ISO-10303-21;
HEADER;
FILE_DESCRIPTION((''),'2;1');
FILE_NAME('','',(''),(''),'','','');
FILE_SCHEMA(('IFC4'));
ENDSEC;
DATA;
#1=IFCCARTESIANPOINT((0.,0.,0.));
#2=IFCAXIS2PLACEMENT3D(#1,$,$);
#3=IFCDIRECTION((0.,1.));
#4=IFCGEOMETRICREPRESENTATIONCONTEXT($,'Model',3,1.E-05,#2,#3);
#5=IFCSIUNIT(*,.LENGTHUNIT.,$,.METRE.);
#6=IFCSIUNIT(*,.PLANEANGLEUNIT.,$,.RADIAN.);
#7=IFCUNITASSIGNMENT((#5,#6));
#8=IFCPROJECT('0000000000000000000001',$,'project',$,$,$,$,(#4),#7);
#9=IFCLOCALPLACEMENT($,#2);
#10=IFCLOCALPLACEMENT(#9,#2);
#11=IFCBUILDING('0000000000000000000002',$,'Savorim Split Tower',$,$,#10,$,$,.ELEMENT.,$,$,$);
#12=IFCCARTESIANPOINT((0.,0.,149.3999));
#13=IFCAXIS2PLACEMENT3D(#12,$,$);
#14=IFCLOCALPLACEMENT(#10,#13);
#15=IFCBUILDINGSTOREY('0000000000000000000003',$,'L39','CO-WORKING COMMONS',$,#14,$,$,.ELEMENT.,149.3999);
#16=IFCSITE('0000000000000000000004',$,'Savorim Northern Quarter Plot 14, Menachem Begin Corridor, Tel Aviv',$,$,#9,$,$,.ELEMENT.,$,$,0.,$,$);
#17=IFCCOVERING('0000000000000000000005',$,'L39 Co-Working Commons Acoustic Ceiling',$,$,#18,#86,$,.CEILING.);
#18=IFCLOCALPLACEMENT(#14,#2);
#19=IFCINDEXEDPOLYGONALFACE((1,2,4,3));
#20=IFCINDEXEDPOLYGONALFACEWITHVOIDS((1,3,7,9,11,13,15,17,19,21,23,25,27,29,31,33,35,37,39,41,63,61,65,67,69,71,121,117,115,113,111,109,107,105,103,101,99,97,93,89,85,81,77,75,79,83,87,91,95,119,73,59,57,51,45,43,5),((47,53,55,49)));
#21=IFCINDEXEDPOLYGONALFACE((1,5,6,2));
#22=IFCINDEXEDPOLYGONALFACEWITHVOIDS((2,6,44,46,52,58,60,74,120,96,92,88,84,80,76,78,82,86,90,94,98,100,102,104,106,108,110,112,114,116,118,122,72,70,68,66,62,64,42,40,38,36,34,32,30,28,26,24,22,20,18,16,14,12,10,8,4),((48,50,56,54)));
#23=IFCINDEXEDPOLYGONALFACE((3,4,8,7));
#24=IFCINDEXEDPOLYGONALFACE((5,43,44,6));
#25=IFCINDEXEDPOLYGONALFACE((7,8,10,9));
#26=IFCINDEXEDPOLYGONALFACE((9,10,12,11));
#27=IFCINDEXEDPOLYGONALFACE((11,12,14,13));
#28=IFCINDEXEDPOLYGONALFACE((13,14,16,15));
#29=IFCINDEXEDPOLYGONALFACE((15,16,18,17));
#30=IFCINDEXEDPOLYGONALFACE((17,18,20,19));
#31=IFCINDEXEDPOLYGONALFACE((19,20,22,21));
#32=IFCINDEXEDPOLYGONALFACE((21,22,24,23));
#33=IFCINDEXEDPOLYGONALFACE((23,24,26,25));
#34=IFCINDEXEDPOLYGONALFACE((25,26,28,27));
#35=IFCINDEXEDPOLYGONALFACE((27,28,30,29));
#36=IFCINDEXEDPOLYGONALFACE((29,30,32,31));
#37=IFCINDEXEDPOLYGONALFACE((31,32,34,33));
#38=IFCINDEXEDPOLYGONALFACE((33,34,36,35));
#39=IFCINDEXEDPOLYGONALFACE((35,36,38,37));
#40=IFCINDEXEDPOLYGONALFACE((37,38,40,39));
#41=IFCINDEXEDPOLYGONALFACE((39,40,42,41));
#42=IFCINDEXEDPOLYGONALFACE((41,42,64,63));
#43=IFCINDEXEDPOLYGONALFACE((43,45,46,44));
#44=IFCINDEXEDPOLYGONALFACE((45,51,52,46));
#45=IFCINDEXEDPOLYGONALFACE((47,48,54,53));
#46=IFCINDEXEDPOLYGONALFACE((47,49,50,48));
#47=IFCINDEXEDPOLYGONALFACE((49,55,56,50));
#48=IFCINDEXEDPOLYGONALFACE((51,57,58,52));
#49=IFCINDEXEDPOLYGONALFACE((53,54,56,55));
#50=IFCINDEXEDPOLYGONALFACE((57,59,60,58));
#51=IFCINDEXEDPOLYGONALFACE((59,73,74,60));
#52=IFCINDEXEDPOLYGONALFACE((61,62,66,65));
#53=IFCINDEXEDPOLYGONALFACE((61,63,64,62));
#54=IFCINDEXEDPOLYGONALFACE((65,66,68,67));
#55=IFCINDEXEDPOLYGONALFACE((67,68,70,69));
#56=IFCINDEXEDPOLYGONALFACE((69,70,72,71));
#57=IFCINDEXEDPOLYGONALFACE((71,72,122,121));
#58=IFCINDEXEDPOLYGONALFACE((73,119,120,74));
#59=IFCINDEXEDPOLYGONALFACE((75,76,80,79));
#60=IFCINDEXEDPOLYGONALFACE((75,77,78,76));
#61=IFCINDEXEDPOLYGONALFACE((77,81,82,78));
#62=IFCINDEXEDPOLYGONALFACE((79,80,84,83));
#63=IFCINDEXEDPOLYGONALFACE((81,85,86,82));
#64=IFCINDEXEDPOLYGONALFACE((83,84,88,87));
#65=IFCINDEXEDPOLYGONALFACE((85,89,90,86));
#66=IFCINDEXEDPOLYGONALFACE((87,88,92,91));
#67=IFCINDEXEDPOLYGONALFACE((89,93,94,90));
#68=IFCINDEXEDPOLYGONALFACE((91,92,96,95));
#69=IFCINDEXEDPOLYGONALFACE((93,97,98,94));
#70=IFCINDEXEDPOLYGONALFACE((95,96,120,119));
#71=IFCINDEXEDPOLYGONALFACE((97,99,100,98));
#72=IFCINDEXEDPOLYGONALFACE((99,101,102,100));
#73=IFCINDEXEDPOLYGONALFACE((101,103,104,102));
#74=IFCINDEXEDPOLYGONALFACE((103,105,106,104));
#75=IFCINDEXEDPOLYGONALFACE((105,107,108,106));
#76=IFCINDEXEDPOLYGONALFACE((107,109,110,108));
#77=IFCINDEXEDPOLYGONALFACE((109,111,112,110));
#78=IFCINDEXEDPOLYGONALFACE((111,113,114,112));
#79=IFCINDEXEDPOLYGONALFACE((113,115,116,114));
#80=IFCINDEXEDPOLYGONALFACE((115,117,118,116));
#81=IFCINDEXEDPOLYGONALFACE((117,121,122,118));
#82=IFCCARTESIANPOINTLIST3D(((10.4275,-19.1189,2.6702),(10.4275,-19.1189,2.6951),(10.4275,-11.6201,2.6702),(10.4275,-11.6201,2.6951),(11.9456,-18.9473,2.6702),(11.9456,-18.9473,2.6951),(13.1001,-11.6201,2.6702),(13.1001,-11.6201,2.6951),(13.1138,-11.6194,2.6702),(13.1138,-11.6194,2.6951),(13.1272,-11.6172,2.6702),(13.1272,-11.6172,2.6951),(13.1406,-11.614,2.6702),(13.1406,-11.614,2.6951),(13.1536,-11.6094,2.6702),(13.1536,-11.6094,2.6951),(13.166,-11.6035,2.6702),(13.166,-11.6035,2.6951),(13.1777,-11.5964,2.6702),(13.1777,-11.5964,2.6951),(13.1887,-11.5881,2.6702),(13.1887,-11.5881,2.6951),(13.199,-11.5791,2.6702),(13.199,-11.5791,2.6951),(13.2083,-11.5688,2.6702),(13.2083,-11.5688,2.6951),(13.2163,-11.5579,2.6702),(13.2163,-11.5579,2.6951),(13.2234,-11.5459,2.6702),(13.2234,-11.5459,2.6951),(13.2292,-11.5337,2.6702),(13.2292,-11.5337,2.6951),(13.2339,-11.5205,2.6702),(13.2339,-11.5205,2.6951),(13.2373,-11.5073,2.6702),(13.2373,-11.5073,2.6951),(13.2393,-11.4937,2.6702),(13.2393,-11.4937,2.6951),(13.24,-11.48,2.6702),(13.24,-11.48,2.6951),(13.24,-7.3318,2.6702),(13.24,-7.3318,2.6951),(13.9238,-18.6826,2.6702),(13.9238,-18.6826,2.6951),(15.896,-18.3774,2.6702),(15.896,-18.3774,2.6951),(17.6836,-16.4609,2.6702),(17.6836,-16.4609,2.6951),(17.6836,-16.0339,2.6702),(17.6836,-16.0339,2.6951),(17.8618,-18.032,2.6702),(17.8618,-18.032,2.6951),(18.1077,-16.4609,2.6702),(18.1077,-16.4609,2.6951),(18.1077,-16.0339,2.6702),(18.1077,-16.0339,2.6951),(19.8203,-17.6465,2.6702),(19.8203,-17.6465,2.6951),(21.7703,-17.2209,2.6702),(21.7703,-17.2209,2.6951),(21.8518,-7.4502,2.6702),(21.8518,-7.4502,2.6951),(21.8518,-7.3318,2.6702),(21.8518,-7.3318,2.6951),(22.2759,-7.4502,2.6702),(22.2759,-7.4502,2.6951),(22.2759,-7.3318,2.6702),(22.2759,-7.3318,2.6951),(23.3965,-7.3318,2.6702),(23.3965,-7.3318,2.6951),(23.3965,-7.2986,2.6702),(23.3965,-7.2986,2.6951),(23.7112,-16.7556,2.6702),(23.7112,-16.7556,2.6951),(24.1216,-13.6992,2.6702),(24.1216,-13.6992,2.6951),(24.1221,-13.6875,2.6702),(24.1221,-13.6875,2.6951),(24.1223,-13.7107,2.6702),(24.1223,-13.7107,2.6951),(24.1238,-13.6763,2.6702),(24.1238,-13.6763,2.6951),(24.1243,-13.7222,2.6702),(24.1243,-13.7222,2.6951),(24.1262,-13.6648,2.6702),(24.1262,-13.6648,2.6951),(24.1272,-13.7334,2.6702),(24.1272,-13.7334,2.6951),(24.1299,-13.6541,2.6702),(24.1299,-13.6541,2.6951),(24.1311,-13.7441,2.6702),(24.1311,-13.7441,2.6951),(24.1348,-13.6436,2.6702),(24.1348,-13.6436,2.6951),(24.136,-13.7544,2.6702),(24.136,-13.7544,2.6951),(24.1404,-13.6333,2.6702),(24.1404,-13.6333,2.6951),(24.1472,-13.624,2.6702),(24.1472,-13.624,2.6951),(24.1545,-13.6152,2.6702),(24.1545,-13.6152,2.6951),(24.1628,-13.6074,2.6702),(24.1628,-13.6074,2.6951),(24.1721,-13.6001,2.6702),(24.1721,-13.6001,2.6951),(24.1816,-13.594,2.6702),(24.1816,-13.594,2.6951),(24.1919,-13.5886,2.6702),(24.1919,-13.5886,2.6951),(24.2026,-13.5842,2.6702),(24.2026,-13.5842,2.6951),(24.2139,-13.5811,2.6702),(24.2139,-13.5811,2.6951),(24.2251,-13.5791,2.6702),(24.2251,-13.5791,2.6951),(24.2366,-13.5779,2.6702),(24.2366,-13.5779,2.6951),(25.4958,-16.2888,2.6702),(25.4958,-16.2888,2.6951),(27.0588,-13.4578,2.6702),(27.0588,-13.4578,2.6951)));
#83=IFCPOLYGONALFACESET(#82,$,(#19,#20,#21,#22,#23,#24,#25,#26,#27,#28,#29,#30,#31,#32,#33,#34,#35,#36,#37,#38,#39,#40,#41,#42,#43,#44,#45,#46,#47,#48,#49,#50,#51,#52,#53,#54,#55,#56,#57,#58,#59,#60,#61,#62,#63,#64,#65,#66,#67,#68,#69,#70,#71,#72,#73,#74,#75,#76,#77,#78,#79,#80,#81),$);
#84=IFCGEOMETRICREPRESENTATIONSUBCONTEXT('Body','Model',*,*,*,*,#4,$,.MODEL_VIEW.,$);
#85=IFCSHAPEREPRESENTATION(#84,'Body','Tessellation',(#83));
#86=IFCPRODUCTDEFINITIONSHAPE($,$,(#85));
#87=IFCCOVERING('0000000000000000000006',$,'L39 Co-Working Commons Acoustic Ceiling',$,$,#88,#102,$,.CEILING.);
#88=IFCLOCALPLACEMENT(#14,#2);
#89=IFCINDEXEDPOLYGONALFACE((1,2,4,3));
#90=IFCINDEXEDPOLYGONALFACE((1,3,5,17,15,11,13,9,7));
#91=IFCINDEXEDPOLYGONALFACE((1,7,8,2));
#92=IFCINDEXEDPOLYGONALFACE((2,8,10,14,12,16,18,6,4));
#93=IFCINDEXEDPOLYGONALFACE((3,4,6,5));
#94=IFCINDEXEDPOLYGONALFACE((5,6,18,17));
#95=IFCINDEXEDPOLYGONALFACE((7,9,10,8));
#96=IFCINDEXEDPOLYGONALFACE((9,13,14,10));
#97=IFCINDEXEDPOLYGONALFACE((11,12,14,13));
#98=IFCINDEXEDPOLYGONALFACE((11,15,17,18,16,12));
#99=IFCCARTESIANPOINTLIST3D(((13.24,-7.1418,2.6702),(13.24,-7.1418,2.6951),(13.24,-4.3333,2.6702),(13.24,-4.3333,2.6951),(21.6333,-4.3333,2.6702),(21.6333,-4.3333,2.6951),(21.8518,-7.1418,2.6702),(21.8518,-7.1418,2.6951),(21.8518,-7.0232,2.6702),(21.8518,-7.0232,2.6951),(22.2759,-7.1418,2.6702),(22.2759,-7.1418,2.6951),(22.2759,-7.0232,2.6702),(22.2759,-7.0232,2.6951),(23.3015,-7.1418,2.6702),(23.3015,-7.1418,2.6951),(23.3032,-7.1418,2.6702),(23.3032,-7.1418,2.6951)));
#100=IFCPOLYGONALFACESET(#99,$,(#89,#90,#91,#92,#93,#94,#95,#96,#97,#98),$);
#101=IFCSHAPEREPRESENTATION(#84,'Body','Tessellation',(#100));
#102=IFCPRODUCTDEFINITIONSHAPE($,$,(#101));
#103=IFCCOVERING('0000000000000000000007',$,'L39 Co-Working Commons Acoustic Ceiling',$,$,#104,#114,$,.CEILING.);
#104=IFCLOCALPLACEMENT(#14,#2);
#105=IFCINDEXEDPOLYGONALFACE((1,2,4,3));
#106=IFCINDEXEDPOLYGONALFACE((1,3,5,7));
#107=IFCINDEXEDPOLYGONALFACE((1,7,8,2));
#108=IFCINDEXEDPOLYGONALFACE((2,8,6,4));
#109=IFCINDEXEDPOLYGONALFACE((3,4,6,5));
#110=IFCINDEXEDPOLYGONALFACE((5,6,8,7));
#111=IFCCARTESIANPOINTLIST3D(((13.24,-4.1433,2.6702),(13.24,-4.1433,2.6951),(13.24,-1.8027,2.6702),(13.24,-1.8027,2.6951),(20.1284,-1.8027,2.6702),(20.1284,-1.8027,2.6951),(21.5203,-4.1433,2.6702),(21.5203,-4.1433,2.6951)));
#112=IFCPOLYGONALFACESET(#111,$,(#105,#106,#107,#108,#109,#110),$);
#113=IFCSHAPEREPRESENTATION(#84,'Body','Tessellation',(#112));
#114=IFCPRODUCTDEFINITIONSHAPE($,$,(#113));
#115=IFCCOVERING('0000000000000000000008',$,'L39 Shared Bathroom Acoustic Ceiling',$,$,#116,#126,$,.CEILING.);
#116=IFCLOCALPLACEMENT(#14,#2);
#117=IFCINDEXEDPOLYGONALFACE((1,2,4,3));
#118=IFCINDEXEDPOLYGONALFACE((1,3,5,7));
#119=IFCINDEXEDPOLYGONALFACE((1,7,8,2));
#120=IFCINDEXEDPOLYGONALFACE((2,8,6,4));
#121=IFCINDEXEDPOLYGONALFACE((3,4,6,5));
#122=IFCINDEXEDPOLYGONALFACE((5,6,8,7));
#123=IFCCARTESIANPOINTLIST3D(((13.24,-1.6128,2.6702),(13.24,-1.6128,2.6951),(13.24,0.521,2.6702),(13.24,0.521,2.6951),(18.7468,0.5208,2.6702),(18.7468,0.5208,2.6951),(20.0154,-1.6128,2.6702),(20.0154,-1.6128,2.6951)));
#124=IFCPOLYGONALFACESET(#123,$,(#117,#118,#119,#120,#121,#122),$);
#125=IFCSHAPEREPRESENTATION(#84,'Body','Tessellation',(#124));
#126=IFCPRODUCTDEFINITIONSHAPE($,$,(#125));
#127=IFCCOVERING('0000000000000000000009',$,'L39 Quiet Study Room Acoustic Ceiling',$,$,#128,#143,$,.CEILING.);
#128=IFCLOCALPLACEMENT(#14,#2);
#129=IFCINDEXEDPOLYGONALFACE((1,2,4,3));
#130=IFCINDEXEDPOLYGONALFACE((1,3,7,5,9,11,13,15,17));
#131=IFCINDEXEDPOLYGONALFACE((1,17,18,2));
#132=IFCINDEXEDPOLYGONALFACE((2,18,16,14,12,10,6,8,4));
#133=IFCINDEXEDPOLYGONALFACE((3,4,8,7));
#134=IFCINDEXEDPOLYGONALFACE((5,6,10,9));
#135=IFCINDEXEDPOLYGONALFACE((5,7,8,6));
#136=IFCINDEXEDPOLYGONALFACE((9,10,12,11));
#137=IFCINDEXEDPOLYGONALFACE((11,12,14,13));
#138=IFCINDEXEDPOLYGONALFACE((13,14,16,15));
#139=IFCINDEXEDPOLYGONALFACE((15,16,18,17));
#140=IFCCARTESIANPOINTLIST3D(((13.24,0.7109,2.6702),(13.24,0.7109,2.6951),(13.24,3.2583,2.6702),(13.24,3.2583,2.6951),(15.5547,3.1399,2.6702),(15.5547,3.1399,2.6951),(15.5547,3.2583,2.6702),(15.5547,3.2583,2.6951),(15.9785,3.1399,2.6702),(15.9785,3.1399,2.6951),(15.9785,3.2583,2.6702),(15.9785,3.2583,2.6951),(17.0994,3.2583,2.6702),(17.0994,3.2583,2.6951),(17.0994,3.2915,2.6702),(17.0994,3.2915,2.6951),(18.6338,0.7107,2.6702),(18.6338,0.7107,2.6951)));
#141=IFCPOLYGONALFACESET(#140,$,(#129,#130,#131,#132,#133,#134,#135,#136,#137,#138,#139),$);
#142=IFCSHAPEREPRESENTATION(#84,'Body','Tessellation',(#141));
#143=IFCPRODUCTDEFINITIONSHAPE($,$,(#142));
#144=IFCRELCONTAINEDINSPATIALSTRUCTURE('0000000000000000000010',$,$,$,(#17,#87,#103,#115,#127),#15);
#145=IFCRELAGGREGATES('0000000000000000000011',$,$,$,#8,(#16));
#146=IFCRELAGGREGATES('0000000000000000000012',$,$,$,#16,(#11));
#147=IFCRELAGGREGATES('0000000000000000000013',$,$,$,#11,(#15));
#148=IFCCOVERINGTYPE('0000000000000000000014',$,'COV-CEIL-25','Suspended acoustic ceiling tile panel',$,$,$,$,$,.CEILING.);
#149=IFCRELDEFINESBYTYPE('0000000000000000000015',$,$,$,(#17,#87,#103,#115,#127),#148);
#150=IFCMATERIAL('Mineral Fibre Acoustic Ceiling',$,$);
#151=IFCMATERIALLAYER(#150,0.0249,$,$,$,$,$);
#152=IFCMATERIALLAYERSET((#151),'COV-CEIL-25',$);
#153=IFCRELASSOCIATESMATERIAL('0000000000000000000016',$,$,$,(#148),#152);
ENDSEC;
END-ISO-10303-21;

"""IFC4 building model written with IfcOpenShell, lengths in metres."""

from ifc_helpers import new_model, si_unit, direction, frame, origin, place, context, subcontext, project, spatial, polyline, outline, extrude, material, layer, layer_set, type_object, element, save


model = new_model("IFC4")

# Units and contexts
model_context = context("Model", 3, precision=1e-05, world=origin(), true_north=direction((0.0, 1.0)))
body_context = subcontext(model_context, "Body", "Model", "MODEL_VIEW")
ifc_project = project(units=[si_unit("LENGTHUNIT", "METRE"), si_unit("PLANEANGLEUNIT", "RADIAN")], contexts=[model_context])

# Site, building, storey
site_placement = place(None, origin())
site = spatial("IfcSite", under=ifc_project, at=site_placement, Name="Savorim Northern Quarter Plot 14, Menachem Begin Corridor, Tel Aviv", CompositionType="ELEMENT", RefElevation=0.0)
building_placement = place(site_placement, origin())
building = spatial("IfcBuilding", under=site, at=building_placement, Name="Savorim Split Tower", CompositionType="ELEMENT")
storey_placement = place(building_placement, frame((0.0, 0.0, 149.3999)))
storey = spatial("IfcBuildingStorey", under=building, at=storey_placement, Name="L39", Description="CO-WORKING COMMONS", CompositionType="ELEMENT", Elevation=149.3999)

# Coverings
ifc_material_1 = material(Name="Mineral Fibre Acoustic Ceiling")
ifc_layer_1 = layer(ifc_material_1, 0.0249)
ifc_layer_set_1 = layer_set([ifc_layer_1], Name="COV-CEIL-25")
covering_type_1 = type_object("IfcCoveringType", Name="COV-CEIL-25", Description="Suspended acoustic ceiling tile panel", PredefinedType="CEILING", material=ifc_layer_set_1)
covering_1_placement = place(storey_placement, frame((0.0, 0.0, 2.6702)))
element("IfcCovering", 1, at=covering_1_placement, inside=storey, type_object=covering_type_1, Name="L39 Co-Working Commons Acoustic Ceiling", PredefinedType="CEILING", context=body_context, shape_type="SweptSolid", body=[
    extrude(outline(polyline([(24.2139, -13.5811), (24.2251, -13.5791), (24.2366, -13.5779), (27.0588, -13.4578), (23.3965, -7.2986), (23.3965, -7.3318), (22.2759, -7.3318), (22.2759, -7.4502), (21.8518, -7.4502), (21.8518, -7.3318), (13.24, -7.3318), (13.24, -11.48), (13.2393, -11.4937), (13.2373, -11.5073), (13.2339, -11.5205), (13.2292, -11.5337), (13.2234, -11.5459), (13.2163, -11.5579), (13.2083, -11.5688), (13.199, -11.5791), (13.1887, -11.5881), (13.1777, -11.5964), (13.166, -11.6035), (13.1536, -11.6094), (13.1406, -11.614), (13.1272, -11.6172), (13.1138, -11.6194), (13.1001, -11.6201), (10.4275, -11.6201), (10.4275, -19.1189), (11.9456, -18.9473), (13.9238, -18.6826), (15.896, -18.3774), (17.8618, -18.032), (19.8203, -17.6465), (21.7703, -17.2209), (23.7112, -16.7556), (25.4958, -16.2888), (24.136, -13.7544), (24.1311, -13.7441), (24.1272, -13.7334), (24.1243, -13.7222), (24.1223, -13.7107), (24.1216, -13.6992), (24.1221, -13.6875), (24.1238, -13.6763), (24.1262, -13.6648), (24.1299, -13.6541), (24.1348, -13.6436), (24.1404, -13.6333), (24.1472, -13.624), (24.1545, -13.6152), (24.1628, -13.6074), (24.1721, -13.6001), (24.1816, -13.594), (24.1919, -13.5886), (24.2026, -13.5842), (24.2139, -13.5811)]), holes=[polyline([(18.1077, -16.4609), (18.1077, -16.0339), (17.6836, -16.0339), (17.6836, -16.4609), (18.1077, -16.4609)])]), origin(), (0.0, 0.0, 1.0), 0.0249),
])
covering_2_placement = place(storey_placement, frame((0.0, 0.0, 2.6702)))
element("IfcCovering", 2, at=covering_2_placement, inside=storey, type_object=covering_type_1, Name="L39 Co-Working Commons Acoustic Ceiling", PredefinedType="CEILING", context=body_context, shape_type="SweptSolid", body=[
    extrude(outline(polyline([(22.2759, -7.0232), (22.2759, -7.1418), (23.3015, -7.1418), (23.3032, -7.1418), (21.6333, -4.3333), (13.24, -4.3333), (13.24, -7.1418), (21.8518, -7.1418), (21.8518, -7.0232), (22.2759, -7.0232)])), origin(), (0.0, 0.0, 1.0), 0.0249),
])
covering_3_placement = place(storey_placement, frame((0.0, 0.0, 2.6702)))
element("IfcCovering", 3, at=covering_3_placement, inside=storey, type_object=covering_type_1, Name="L39 Co-Working Commons Acoustic Ceiling", PredefinedType="CEILING", context=body_context, shape_type="SweptSolid", body=[
    extrude(outline(polyline([(21.5203, -4.1433), (20.1284, -1.8027), (13.24, -1.8027), (13.24, -4.1433), (21.5203, -4.1433)])), origin(), (0.0, 0.0, 1.0), 0.0249),
])
covering_4_placement = place(storey_placement, frame((0.0, 0.0, 2.6702)))
element("IfcCovering", 4, at=covering_4_placement, inside=storey, type_object=covering_type_1, Name="L39 Shared Bathroom Acoustic Ceiling", PredefinedType="CEILING", context=body_context, shape_type="SweptSolid", body=[
    extrude(outline(polyline([(20.0154, -1.6128), (18.7468, 0.5208), (13.24, 0.521), (13.24, -1.6128), (20.0154, -1.6128)])), origin(), (0.0, 0.0, 1.0), 0.0249),
])
covering_5_placement = place(storey_placement, frame((0.0, 0.0, 2.6702)))
element("IfcCovering", 5, at=covering_5_placement, inside=storey, type_object=covering_type_1, Name="L39 Quiet Study Room Acoustic Ceiling", PredefinedType="CEILING", context=body_context, shape_type="SweptSolid", body=[
    extrude(outline(polyline([(15.5547, 3.1399), (15.5547, 3.2583), (13.24, 3.2583), (13.24, 0.7109), (18.6338, 0.7107), (17.0994, 3.2915), (17.0994, 3.2583), (15.9785, 3.2583), (15.9785, 3.1399), (15.5547, 3.1399)])), origin(), (0.0, 0.0, 1.0), 0.0249),
])

save(model, "model.ifc")
